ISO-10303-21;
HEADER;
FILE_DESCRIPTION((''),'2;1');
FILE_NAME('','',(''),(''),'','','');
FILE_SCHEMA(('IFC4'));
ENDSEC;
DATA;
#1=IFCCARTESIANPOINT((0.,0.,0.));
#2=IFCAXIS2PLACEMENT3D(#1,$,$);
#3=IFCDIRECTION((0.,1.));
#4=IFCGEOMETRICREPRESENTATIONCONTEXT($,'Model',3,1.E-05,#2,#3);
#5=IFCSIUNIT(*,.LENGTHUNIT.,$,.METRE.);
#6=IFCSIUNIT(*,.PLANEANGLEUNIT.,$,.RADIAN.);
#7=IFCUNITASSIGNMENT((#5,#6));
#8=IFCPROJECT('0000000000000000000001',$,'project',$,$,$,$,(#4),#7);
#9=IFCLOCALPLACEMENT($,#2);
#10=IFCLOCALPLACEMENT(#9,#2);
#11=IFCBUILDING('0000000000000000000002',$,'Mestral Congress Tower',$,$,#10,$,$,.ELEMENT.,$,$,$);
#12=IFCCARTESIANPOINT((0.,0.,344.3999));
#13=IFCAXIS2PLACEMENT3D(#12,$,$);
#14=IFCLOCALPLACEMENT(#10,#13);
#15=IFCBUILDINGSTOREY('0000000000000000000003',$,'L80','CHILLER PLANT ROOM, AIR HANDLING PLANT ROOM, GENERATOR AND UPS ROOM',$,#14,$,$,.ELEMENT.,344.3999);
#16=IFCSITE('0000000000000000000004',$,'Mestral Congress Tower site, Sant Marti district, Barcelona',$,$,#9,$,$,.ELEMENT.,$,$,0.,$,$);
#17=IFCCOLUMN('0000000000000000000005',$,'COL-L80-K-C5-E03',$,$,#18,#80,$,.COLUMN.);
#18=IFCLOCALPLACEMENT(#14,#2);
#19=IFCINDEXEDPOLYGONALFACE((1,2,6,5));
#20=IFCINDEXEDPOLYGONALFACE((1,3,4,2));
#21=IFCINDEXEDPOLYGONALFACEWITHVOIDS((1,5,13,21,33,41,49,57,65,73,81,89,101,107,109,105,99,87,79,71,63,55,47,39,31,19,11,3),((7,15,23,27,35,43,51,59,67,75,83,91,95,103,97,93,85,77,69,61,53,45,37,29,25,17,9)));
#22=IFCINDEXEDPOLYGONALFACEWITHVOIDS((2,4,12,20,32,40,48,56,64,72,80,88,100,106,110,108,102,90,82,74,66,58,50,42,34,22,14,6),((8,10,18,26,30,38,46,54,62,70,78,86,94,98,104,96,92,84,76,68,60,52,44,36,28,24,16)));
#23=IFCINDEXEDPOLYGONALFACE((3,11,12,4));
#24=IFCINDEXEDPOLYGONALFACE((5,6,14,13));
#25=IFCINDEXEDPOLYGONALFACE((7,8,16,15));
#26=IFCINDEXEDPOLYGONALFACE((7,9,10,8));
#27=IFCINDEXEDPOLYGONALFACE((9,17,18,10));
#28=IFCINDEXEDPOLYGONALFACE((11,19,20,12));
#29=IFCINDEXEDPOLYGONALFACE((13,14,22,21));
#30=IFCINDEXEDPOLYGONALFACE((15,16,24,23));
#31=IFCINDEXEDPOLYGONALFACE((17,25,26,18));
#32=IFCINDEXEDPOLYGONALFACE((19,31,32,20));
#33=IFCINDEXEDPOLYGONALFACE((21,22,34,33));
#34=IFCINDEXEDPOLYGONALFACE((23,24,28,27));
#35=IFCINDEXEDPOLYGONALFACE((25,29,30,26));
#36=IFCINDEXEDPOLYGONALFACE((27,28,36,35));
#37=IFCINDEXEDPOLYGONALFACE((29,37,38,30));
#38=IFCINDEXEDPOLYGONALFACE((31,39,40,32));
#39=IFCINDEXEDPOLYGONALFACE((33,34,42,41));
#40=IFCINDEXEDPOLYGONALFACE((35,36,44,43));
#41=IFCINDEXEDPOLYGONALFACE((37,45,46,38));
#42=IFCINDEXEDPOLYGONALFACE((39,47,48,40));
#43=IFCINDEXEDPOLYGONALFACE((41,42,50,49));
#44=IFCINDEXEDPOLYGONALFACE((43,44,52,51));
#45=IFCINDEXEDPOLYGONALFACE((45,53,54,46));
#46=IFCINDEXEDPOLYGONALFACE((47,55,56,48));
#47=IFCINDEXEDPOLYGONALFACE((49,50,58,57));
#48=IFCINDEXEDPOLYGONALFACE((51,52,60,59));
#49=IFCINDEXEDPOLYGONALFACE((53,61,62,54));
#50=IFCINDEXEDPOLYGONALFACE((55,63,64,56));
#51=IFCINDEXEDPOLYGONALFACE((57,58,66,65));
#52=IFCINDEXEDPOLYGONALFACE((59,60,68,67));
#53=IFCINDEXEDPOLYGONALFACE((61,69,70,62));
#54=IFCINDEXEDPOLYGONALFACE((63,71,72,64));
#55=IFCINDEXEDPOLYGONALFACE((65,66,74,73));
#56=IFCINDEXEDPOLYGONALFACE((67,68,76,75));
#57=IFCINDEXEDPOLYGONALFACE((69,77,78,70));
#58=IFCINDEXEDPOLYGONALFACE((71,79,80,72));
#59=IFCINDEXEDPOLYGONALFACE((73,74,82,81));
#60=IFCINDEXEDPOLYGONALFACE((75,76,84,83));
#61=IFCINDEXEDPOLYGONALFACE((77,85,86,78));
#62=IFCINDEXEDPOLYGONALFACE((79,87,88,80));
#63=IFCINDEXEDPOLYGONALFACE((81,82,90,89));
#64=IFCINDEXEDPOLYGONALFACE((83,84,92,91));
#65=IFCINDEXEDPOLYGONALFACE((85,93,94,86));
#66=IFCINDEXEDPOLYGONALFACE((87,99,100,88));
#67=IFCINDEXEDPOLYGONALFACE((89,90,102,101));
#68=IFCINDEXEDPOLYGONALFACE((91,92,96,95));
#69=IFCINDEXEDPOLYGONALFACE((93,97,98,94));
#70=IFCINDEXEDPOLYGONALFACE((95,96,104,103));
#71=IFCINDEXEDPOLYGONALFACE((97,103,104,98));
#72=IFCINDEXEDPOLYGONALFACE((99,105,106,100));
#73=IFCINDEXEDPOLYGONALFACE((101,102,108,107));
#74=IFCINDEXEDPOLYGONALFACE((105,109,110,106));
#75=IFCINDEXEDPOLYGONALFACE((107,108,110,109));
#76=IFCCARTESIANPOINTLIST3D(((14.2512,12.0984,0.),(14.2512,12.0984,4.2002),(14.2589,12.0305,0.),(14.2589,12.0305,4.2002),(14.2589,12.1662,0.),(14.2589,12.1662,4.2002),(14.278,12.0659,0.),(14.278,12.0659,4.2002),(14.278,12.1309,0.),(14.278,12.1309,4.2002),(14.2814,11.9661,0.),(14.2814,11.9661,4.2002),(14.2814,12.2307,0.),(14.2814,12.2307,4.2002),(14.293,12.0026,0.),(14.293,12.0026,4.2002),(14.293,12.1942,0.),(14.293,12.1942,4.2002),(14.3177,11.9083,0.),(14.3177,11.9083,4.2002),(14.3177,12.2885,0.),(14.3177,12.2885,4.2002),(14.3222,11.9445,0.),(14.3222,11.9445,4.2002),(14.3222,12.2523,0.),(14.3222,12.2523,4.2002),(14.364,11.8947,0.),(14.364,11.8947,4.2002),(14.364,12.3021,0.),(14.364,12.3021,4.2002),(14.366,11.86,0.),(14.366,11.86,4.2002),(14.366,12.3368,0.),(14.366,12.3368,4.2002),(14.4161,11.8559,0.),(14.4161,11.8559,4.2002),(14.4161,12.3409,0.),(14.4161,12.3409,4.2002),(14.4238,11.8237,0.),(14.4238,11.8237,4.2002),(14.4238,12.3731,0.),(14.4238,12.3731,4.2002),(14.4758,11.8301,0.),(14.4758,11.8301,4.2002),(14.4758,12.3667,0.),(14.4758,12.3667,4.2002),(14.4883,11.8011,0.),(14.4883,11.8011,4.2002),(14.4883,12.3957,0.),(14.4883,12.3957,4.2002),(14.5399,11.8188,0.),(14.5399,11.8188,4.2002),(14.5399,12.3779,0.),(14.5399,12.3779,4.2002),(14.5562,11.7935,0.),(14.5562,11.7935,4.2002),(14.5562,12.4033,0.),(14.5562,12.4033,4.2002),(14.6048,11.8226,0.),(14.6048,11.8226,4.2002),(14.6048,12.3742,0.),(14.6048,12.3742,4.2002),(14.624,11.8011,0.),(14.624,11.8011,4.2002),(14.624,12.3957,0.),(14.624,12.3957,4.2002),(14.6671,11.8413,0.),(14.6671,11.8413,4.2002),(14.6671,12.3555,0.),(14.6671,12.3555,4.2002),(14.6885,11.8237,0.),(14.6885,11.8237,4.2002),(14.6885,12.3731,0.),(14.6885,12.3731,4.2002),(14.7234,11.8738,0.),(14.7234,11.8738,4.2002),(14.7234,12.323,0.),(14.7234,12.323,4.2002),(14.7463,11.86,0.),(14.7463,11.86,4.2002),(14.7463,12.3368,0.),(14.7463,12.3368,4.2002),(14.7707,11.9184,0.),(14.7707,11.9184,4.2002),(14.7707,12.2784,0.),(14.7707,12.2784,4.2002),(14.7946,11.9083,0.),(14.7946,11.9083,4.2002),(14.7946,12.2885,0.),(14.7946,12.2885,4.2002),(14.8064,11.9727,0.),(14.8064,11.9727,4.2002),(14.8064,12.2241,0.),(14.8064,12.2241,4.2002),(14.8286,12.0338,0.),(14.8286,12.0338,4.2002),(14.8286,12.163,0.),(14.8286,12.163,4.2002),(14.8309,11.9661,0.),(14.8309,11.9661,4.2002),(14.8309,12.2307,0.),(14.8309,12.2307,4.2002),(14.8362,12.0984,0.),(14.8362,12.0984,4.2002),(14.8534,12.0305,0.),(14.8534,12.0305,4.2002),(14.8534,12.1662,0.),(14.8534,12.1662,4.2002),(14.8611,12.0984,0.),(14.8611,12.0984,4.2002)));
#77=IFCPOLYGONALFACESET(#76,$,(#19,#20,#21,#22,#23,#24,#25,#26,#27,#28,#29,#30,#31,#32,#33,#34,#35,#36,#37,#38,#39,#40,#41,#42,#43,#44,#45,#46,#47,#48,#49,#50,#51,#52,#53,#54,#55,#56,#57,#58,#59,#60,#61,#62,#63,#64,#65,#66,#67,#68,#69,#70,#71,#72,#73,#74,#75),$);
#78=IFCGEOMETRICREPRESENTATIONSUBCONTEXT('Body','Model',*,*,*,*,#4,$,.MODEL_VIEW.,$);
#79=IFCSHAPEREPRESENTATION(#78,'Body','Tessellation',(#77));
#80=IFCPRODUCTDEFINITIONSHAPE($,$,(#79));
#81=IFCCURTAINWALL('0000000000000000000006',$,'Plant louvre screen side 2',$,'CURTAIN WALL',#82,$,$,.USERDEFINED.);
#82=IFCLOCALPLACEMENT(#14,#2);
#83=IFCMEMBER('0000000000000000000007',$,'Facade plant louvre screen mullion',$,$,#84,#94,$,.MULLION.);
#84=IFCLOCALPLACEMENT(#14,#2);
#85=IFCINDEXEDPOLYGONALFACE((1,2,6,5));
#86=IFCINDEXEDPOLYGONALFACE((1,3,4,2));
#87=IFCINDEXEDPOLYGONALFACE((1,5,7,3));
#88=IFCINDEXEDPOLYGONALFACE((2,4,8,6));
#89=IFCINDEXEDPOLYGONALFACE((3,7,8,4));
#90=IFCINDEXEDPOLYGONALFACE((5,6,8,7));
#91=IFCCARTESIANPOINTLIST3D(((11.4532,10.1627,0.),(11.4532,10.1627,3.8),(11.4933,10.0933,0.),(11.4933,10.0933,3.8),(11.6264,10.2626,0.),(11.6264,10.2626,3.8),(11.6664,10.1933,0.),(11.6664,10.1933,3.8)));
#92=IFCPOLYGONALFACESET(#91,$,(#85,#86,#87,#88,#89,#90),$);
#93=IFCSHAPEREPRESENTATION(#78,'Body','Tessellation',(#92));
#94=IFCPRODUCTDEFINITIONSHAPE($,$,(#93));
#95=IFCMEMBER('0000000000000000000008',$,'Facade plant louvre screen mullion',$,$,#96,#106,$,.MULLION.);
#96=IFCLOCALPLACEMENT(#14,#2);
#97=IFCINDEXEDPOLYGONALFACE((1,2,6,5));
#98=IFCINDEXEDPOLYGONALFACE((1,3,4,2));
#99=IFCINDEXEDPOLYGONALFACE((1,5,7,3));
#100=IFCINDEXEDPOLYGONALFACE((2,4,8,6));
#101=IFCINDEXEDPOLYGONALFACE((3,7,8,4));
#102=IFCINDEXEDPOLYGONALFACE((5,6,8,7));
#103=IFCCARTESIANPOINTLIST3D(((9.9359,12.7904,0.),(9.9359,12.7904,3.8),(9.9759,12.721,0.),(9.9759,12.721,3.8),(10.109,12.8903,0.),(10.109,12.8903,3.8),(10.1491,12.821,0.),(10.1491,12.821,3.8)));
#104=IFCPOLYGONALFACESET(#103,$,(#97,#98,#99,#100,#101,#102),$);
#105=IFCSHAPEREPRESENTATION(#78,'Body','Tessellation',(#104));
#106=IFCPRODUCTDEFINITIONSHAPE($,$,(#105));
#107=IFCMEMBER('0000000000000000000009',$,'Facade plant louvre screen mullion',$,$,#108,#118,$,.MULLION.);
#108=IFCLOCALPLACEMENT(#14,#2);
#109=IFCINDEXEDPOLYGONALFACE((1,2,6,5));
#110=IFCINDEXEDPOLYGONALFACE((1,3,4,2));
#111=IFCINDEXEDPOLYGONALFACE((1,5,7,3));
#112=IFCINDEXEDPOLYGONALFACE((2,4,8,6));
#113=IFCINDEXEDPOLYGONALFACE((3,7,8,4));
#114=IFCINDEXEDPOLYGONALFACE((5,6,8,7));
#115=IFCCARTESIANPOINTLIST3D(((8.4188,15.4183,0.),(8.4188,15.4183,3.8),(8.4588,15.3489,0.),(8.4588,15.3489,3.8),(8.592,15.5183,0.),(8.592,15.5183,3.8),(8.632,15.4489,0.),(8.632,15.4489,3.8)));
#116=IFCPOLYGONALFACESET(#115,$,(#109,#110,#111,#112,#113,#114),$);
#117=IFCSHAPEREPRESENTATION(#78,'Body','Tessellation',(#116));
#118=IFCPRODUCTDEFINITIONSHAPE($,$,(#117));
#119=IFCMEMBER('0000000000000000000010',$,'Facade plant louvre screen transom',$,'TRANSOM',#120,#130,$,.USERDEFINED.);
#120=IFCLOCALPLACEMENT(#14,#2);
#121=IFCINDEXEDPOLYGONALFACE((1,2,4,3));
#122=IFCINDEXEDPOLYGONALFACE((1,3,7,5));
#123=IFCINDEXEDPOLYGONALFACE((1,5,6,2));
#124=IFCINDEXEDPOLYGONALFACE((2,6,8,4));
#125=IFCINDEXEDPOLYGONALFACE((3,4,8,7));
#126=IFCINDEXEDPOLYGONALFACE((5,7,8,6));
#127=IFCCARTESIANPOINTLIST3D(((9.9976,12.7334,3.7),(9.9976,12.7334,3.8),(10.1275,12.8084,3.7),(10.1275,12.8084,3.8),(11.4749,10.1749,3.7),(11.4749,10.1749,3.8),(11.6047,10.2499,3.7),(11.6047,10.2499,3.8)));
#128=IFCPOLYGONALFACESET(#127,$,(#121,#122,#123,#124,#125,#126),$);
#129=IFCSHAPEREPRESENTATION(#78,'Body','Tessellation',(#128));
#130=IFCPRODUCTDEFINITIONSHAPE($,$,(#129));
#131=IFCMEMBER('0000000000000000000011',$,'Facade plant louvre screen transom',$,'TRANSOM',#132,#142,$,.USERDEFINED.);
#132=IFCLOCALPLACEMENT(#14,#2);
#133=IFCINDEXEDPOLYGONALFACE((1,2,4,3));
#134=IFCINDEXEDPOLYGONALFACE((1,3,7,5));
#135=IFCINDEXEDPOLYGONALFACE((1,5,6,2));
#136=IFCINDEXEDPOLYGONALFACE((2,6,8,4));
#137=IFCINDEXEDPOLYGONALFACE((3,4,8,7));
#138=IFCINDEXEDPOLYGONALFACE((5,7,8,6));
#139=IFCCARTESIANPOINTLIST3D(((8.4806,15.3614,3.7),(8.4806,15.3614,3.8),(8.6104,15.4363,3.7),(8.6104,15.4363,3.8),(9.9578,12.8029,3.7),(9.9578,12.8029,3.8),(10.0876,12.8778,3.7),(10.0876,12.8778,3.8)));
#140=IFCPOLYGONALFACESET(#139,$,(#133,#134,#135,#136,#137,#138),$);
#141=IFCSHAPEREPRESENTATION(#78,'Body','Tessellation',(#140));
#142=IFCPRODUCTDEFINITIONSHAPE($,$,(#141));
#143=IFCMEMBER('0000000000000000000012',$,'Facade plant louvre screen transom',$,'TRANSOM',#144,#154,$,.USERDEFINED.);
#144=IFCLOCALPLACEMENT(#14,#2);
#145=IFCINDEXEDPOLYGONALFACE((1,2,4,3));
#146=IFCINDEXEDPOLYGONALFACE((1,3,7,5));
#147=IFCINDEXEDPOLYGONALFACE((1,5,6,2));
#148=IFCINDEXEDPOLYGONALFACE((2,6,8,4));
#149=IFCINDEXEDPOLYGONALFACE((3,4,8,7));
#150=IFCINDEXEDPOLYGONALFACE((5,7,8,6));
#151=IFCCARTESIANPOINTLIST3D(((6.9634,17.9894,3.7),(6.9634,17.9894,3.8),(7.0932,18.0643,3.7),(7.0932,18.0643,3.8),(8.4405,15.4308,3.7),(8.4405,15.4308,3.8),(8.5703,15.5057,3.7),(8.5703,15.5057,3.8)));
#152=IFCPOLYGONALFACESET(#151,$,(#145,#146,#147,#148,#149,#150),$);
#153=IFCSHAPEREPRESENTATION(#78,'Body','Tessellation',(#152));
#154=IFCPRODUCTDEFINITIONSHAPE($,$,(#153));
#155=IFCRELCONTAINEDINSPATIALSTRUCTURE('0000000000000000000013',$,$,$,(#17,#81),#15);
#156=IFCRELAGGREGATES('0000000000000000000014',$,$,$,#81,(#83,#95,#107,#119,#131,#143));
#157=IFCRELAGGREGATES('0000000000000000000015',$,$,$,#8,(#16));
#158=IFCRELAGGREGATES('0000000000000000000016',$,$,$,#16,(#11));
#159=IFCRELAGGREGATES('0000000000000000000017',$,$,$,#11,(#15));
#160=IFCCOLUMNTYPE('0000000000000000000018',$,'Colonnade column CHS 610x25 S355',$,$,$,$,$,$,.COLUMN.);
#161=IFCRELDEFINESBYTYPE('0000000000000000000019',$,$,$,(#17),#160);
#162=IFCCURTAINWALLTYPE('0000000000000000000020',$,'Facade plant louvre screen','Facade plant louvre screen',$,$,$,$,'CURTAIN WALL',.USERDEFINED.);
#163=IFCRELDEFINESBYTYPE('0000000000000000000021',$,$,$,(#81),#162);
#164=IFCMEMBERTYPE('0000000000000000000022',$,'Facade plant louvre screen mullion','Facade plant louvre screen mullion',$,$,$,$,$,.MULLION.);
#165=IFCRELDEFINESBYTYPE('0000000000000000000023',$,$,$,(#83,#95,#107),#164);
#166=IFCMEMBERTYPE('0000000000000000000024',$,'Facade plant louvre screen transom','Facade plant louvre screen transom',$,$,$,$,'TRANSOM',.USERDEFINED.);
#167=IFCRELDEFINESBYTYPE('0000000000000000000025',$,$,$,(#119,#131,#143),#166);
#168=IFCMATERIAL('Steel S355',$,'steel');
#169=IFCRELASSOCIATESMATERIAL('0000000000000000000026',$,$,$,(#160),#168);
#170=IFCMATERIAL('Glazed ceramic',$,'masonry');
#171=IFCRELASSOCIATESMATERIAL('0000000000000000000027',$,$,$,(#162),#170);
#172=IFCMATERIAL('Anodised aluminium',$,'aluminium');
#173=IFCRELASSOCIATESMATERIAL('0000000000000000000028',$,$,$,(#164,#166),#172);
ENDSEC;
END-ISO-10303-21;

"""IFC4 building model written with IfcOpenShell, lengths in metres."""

from ifc_helpers import new_model, si_unit, direction, frame, origin, origin_2d, place, context, subcontext, project, spatial, rectangle, hollow_circle, extrude, material, material_profile, profile_set, type_object, element, aggregate, save


model = new_model("IFC4")

# Units and contexts
model_context = context("Model", 3, precision=1e-05, world=origin(), true_north=direction((0.0, 1.0)))
body_context = subcontext(model_context, "Body", "Model", "MODEL_VIEW")
ifc_project = project(units=[si_unit("LENGTHUNIT", "METRE"), si_unit("PLANEANGLEUNIT", "RADIAN")], contexts=[model_context])

# Site, building, storey
site_placement = place(None, origin())
site = spatial("IfcSite", under=ifc_project, at=site_placement, Name="Mestral Congress Tower site, Sant Marti district, Barcelona", CompositionType="ELEMENT", RefElevation=0.0)
building_placement = place(site_placement, origin())
building = spatial("IfcBuilding", under=site, at=building_placement, Name="Mestral Congress Tower", CompositionType="ELEMENT")
storey_placement = place(building_placement, frame((0.0, 0.0, 344.3999)))
storey = spatial("IfcBuildingStorey", under=building, at=storey_placement, Name="L80", Description="CHILLER PLANT ROOM, AIR HANDLING PLANT ROOM, GENERATOR AND UPS ROOM", CompositionType="ELEMENT", Elevation=344.3999)

# Column
ifc_material_1 = material(Name="Steel S355", Category="steel")
ifc_material_profile_1 = material_profile(ifc_material_1, hollow_circle(Radius=0.3049, WallThickness=0.0249, at=origin_2d()), Name="CHS 610x25")
ifc_profile_set_1 = profile_set([ifc_material_profile_1], Name="Steel S355")
column_type = type_object("IfcColumnType", Name="Colonnade column CHS 610x25 S355", PredefinedType="COLUMN", material=ifc_profile_set_1)
column_placement = place(storey_placement, frame((14.5562, 12.0984, 0.0), z_axis=(0.0, 0.0, 1.0), x_axis=(1.0, 0.0, 0.0)))
element("IfcColumn", 1, at=column_placement, inside=storey, type_object=column_type, Name="COL-L80-K-C5-E03", PredefinedType="COLUMN", context=body_context, shape_type="SweptSolid", body=[
    extrude(hollow_circle(Radius=0.3049, WallThickness=0.0249, at=origin_2d()), origin(), (0.0, 0.0, 1.0), 4.2002),
])

# Curtain wall, members
ifc_material_2 = material(Name="Glazed ceramic", Category="masonry")
curtain_wall_type = type_object("IfcCurtainWallType", Name="Facade plant louvre screen", Description="Facade plant louvre screen", ElementType="CURTAIN WALL", PredefinedType="USERDEFINED", material=ifc_material_2)
placement = place(storey_placement, origin())
curtain_wall = element("IfcCurtainWall", 2, at=placement, inside=storey, type_object=curtain_wall_type, Name="Plant louvre screen side 2", ObjectType="CURTAIN WALL", PredefinedType="USERDEFINED")
ifc_material_3 = material(Name="Anodised aluminium", Category="aluminium")
ifc_material_profile_2 = material_profile(ifc_material_3, rectangle(XDim=0.2, YDim=0.0801, at=origin_2d()), Name="CW6 mullion 200 x 80")
ifc_profile_set_2 = profile_set([ifc_material_profile_2], Name="Anodised aluminium")
member_type_1 = type_object("IfcMemberType", Name="Facade plant louvre screen mullion", Description="Facade plant louvre screen mullion", PredefinedType="MULLION", material=ifc_profile_set_2)
member_1_placement = place(storey_placement, frame((11.5598, 10.178, 0.0), z_axis=(0.0, 0.0, 1.0), x_axis=(0.866025, 0.500002, 0.0)))
member_1 = element("IfcMember", 3, at=member_1_placement, type_object=member_type_1, Name="Facade plant louvre screen mullion", PredefinedType="MULLION", context=body_context, shape_type="SweptSolid", body=[
    extrude(rectangle(XDim=0.2, YDim=0.0801, at=origin_2d()), origin(), (0.0, 0.0, 1.0), 3.8),
])
member_2_placement = place(storey_placement, frame((10.0425, 12.8057, 0.0), z_axis=(0.0, 0.0, 1.0), x_axis=(0.866025, 0.500002, 0.0)))
member_2 = element("IfcMember", 4, at=member_2_placement, type_object=member_type_1, Name="Facade plant louvre screen mullion", PredefinedType="MULLION", context=body_context, shape_type="SweptSolid", body=[
    extrude(rectangle(XDim=0.2, YDim=0.0801, at=origin_2d()), origin(), (0.0, 0.0, 1.0), 3.8),
])
member_3_placement = place(storey_placement, frame((8.5254, 15.4336, 0.0), z_axis=(0.0, 0.0, 1.0), x_axis=(0.866025, 0.500002, 0.0)))
member_3 = element("IfcMember", 5, at=member_3_placement, type_object=member_type_1, Name="Facade plant louvre screen mullion", PredefinedType="MULLION", context=body_context, shape_type="SweptSolid", body=[
    extrude(rectangle(XDim=0.2, YDim=0.0801, at=origin_2d()), origin(), (0.0, 0.0, 1.0), 3.8),
])
ifc_material_profile_3 = material_profile(ifc_material_3, rectangle(XDim=0.1499, YDim=0.1001, at=origin_2d()), Name="CW6 transom 150 x 100")
ifc_profile_set_3 = profile_set([ifc_material_profile_3], Name="Anodised aluminium")
member_type_2 = type_object("IfcMemberType", Name="Facade plant louvre screen transom", Description="Facade plant louvre screen transom", ElementType="TRANSOM", PredefinedType="USERDEFINED", material=ifc_profile_set_3)
member_4_placement = place(storey_placement, frame((11.5398, 10.2124, 3.75), z_axis=(-0.500023, 0.866012, 0.0), x_axis=(-0.866012, -0.500023, 0.0)))
member_4 = element("IfcMember", 6, at=member_4_placement, type_object=member_type_2, Name="Facade plant louvre screen transom", ObjectType="TRANSOM", PredefinedType="USERDEFINED", context=body_context, shape_type="SweptSolid", body=[
    extrude(rectangle(XDim=0.1499, YDim=0.1001, at=origin_2d()), origin(), (0.0, 0.0, 1.0), 2.9543),
])
member_5_placement = place(storey_placement, frame((10.0227, 12.8403, 3.75), z_axis=(-0.500023, 0.866012, 0.0), x_axis=(-0.866012, -0.500023, 0.0)))
member_5 = element("IfcMember", 7, at=member_5_placement, type_object=member_type_2, Name="Facade plant louvre screen transom", ObjectType="TRANSOM", PredefinedType="USERDEFINED", context=body_context, shape_type="SweptSolid", body=[
    extrude(rectangle(XDim=0.1499, YDim=0.1001, at=origin_2d()), origin(), (0.0, 0.0, 1.0), 2.9543),
])
member_6_placement = place(storey_placement, frame((8.5054, 15.4683, 3.75), z_axis=(-0.499961, 0.866048, 0.0), x_axis=(-0.866048, -0.499961, 0.0)))
member_6 = element("IfcMember", 8, at=member_6_placement, type_object=member_type_2, Name="Facade plant louvre screen transom", ObjectType="TRANSOM", PredefinedType="USERDEFINED", context=body_context, shape_type="SweptSolid", body=[
    extrude(rectangle(XDim=0.1499, YDim=0.1001, at=origin_2d()), origin(), (0.0, 0.0, 1.0), 2.9543),
])

aggregate(curtain_wall, [member_1, member_2, member_3, member_4, member_5, member_6])

save(model, "model.ifc")
